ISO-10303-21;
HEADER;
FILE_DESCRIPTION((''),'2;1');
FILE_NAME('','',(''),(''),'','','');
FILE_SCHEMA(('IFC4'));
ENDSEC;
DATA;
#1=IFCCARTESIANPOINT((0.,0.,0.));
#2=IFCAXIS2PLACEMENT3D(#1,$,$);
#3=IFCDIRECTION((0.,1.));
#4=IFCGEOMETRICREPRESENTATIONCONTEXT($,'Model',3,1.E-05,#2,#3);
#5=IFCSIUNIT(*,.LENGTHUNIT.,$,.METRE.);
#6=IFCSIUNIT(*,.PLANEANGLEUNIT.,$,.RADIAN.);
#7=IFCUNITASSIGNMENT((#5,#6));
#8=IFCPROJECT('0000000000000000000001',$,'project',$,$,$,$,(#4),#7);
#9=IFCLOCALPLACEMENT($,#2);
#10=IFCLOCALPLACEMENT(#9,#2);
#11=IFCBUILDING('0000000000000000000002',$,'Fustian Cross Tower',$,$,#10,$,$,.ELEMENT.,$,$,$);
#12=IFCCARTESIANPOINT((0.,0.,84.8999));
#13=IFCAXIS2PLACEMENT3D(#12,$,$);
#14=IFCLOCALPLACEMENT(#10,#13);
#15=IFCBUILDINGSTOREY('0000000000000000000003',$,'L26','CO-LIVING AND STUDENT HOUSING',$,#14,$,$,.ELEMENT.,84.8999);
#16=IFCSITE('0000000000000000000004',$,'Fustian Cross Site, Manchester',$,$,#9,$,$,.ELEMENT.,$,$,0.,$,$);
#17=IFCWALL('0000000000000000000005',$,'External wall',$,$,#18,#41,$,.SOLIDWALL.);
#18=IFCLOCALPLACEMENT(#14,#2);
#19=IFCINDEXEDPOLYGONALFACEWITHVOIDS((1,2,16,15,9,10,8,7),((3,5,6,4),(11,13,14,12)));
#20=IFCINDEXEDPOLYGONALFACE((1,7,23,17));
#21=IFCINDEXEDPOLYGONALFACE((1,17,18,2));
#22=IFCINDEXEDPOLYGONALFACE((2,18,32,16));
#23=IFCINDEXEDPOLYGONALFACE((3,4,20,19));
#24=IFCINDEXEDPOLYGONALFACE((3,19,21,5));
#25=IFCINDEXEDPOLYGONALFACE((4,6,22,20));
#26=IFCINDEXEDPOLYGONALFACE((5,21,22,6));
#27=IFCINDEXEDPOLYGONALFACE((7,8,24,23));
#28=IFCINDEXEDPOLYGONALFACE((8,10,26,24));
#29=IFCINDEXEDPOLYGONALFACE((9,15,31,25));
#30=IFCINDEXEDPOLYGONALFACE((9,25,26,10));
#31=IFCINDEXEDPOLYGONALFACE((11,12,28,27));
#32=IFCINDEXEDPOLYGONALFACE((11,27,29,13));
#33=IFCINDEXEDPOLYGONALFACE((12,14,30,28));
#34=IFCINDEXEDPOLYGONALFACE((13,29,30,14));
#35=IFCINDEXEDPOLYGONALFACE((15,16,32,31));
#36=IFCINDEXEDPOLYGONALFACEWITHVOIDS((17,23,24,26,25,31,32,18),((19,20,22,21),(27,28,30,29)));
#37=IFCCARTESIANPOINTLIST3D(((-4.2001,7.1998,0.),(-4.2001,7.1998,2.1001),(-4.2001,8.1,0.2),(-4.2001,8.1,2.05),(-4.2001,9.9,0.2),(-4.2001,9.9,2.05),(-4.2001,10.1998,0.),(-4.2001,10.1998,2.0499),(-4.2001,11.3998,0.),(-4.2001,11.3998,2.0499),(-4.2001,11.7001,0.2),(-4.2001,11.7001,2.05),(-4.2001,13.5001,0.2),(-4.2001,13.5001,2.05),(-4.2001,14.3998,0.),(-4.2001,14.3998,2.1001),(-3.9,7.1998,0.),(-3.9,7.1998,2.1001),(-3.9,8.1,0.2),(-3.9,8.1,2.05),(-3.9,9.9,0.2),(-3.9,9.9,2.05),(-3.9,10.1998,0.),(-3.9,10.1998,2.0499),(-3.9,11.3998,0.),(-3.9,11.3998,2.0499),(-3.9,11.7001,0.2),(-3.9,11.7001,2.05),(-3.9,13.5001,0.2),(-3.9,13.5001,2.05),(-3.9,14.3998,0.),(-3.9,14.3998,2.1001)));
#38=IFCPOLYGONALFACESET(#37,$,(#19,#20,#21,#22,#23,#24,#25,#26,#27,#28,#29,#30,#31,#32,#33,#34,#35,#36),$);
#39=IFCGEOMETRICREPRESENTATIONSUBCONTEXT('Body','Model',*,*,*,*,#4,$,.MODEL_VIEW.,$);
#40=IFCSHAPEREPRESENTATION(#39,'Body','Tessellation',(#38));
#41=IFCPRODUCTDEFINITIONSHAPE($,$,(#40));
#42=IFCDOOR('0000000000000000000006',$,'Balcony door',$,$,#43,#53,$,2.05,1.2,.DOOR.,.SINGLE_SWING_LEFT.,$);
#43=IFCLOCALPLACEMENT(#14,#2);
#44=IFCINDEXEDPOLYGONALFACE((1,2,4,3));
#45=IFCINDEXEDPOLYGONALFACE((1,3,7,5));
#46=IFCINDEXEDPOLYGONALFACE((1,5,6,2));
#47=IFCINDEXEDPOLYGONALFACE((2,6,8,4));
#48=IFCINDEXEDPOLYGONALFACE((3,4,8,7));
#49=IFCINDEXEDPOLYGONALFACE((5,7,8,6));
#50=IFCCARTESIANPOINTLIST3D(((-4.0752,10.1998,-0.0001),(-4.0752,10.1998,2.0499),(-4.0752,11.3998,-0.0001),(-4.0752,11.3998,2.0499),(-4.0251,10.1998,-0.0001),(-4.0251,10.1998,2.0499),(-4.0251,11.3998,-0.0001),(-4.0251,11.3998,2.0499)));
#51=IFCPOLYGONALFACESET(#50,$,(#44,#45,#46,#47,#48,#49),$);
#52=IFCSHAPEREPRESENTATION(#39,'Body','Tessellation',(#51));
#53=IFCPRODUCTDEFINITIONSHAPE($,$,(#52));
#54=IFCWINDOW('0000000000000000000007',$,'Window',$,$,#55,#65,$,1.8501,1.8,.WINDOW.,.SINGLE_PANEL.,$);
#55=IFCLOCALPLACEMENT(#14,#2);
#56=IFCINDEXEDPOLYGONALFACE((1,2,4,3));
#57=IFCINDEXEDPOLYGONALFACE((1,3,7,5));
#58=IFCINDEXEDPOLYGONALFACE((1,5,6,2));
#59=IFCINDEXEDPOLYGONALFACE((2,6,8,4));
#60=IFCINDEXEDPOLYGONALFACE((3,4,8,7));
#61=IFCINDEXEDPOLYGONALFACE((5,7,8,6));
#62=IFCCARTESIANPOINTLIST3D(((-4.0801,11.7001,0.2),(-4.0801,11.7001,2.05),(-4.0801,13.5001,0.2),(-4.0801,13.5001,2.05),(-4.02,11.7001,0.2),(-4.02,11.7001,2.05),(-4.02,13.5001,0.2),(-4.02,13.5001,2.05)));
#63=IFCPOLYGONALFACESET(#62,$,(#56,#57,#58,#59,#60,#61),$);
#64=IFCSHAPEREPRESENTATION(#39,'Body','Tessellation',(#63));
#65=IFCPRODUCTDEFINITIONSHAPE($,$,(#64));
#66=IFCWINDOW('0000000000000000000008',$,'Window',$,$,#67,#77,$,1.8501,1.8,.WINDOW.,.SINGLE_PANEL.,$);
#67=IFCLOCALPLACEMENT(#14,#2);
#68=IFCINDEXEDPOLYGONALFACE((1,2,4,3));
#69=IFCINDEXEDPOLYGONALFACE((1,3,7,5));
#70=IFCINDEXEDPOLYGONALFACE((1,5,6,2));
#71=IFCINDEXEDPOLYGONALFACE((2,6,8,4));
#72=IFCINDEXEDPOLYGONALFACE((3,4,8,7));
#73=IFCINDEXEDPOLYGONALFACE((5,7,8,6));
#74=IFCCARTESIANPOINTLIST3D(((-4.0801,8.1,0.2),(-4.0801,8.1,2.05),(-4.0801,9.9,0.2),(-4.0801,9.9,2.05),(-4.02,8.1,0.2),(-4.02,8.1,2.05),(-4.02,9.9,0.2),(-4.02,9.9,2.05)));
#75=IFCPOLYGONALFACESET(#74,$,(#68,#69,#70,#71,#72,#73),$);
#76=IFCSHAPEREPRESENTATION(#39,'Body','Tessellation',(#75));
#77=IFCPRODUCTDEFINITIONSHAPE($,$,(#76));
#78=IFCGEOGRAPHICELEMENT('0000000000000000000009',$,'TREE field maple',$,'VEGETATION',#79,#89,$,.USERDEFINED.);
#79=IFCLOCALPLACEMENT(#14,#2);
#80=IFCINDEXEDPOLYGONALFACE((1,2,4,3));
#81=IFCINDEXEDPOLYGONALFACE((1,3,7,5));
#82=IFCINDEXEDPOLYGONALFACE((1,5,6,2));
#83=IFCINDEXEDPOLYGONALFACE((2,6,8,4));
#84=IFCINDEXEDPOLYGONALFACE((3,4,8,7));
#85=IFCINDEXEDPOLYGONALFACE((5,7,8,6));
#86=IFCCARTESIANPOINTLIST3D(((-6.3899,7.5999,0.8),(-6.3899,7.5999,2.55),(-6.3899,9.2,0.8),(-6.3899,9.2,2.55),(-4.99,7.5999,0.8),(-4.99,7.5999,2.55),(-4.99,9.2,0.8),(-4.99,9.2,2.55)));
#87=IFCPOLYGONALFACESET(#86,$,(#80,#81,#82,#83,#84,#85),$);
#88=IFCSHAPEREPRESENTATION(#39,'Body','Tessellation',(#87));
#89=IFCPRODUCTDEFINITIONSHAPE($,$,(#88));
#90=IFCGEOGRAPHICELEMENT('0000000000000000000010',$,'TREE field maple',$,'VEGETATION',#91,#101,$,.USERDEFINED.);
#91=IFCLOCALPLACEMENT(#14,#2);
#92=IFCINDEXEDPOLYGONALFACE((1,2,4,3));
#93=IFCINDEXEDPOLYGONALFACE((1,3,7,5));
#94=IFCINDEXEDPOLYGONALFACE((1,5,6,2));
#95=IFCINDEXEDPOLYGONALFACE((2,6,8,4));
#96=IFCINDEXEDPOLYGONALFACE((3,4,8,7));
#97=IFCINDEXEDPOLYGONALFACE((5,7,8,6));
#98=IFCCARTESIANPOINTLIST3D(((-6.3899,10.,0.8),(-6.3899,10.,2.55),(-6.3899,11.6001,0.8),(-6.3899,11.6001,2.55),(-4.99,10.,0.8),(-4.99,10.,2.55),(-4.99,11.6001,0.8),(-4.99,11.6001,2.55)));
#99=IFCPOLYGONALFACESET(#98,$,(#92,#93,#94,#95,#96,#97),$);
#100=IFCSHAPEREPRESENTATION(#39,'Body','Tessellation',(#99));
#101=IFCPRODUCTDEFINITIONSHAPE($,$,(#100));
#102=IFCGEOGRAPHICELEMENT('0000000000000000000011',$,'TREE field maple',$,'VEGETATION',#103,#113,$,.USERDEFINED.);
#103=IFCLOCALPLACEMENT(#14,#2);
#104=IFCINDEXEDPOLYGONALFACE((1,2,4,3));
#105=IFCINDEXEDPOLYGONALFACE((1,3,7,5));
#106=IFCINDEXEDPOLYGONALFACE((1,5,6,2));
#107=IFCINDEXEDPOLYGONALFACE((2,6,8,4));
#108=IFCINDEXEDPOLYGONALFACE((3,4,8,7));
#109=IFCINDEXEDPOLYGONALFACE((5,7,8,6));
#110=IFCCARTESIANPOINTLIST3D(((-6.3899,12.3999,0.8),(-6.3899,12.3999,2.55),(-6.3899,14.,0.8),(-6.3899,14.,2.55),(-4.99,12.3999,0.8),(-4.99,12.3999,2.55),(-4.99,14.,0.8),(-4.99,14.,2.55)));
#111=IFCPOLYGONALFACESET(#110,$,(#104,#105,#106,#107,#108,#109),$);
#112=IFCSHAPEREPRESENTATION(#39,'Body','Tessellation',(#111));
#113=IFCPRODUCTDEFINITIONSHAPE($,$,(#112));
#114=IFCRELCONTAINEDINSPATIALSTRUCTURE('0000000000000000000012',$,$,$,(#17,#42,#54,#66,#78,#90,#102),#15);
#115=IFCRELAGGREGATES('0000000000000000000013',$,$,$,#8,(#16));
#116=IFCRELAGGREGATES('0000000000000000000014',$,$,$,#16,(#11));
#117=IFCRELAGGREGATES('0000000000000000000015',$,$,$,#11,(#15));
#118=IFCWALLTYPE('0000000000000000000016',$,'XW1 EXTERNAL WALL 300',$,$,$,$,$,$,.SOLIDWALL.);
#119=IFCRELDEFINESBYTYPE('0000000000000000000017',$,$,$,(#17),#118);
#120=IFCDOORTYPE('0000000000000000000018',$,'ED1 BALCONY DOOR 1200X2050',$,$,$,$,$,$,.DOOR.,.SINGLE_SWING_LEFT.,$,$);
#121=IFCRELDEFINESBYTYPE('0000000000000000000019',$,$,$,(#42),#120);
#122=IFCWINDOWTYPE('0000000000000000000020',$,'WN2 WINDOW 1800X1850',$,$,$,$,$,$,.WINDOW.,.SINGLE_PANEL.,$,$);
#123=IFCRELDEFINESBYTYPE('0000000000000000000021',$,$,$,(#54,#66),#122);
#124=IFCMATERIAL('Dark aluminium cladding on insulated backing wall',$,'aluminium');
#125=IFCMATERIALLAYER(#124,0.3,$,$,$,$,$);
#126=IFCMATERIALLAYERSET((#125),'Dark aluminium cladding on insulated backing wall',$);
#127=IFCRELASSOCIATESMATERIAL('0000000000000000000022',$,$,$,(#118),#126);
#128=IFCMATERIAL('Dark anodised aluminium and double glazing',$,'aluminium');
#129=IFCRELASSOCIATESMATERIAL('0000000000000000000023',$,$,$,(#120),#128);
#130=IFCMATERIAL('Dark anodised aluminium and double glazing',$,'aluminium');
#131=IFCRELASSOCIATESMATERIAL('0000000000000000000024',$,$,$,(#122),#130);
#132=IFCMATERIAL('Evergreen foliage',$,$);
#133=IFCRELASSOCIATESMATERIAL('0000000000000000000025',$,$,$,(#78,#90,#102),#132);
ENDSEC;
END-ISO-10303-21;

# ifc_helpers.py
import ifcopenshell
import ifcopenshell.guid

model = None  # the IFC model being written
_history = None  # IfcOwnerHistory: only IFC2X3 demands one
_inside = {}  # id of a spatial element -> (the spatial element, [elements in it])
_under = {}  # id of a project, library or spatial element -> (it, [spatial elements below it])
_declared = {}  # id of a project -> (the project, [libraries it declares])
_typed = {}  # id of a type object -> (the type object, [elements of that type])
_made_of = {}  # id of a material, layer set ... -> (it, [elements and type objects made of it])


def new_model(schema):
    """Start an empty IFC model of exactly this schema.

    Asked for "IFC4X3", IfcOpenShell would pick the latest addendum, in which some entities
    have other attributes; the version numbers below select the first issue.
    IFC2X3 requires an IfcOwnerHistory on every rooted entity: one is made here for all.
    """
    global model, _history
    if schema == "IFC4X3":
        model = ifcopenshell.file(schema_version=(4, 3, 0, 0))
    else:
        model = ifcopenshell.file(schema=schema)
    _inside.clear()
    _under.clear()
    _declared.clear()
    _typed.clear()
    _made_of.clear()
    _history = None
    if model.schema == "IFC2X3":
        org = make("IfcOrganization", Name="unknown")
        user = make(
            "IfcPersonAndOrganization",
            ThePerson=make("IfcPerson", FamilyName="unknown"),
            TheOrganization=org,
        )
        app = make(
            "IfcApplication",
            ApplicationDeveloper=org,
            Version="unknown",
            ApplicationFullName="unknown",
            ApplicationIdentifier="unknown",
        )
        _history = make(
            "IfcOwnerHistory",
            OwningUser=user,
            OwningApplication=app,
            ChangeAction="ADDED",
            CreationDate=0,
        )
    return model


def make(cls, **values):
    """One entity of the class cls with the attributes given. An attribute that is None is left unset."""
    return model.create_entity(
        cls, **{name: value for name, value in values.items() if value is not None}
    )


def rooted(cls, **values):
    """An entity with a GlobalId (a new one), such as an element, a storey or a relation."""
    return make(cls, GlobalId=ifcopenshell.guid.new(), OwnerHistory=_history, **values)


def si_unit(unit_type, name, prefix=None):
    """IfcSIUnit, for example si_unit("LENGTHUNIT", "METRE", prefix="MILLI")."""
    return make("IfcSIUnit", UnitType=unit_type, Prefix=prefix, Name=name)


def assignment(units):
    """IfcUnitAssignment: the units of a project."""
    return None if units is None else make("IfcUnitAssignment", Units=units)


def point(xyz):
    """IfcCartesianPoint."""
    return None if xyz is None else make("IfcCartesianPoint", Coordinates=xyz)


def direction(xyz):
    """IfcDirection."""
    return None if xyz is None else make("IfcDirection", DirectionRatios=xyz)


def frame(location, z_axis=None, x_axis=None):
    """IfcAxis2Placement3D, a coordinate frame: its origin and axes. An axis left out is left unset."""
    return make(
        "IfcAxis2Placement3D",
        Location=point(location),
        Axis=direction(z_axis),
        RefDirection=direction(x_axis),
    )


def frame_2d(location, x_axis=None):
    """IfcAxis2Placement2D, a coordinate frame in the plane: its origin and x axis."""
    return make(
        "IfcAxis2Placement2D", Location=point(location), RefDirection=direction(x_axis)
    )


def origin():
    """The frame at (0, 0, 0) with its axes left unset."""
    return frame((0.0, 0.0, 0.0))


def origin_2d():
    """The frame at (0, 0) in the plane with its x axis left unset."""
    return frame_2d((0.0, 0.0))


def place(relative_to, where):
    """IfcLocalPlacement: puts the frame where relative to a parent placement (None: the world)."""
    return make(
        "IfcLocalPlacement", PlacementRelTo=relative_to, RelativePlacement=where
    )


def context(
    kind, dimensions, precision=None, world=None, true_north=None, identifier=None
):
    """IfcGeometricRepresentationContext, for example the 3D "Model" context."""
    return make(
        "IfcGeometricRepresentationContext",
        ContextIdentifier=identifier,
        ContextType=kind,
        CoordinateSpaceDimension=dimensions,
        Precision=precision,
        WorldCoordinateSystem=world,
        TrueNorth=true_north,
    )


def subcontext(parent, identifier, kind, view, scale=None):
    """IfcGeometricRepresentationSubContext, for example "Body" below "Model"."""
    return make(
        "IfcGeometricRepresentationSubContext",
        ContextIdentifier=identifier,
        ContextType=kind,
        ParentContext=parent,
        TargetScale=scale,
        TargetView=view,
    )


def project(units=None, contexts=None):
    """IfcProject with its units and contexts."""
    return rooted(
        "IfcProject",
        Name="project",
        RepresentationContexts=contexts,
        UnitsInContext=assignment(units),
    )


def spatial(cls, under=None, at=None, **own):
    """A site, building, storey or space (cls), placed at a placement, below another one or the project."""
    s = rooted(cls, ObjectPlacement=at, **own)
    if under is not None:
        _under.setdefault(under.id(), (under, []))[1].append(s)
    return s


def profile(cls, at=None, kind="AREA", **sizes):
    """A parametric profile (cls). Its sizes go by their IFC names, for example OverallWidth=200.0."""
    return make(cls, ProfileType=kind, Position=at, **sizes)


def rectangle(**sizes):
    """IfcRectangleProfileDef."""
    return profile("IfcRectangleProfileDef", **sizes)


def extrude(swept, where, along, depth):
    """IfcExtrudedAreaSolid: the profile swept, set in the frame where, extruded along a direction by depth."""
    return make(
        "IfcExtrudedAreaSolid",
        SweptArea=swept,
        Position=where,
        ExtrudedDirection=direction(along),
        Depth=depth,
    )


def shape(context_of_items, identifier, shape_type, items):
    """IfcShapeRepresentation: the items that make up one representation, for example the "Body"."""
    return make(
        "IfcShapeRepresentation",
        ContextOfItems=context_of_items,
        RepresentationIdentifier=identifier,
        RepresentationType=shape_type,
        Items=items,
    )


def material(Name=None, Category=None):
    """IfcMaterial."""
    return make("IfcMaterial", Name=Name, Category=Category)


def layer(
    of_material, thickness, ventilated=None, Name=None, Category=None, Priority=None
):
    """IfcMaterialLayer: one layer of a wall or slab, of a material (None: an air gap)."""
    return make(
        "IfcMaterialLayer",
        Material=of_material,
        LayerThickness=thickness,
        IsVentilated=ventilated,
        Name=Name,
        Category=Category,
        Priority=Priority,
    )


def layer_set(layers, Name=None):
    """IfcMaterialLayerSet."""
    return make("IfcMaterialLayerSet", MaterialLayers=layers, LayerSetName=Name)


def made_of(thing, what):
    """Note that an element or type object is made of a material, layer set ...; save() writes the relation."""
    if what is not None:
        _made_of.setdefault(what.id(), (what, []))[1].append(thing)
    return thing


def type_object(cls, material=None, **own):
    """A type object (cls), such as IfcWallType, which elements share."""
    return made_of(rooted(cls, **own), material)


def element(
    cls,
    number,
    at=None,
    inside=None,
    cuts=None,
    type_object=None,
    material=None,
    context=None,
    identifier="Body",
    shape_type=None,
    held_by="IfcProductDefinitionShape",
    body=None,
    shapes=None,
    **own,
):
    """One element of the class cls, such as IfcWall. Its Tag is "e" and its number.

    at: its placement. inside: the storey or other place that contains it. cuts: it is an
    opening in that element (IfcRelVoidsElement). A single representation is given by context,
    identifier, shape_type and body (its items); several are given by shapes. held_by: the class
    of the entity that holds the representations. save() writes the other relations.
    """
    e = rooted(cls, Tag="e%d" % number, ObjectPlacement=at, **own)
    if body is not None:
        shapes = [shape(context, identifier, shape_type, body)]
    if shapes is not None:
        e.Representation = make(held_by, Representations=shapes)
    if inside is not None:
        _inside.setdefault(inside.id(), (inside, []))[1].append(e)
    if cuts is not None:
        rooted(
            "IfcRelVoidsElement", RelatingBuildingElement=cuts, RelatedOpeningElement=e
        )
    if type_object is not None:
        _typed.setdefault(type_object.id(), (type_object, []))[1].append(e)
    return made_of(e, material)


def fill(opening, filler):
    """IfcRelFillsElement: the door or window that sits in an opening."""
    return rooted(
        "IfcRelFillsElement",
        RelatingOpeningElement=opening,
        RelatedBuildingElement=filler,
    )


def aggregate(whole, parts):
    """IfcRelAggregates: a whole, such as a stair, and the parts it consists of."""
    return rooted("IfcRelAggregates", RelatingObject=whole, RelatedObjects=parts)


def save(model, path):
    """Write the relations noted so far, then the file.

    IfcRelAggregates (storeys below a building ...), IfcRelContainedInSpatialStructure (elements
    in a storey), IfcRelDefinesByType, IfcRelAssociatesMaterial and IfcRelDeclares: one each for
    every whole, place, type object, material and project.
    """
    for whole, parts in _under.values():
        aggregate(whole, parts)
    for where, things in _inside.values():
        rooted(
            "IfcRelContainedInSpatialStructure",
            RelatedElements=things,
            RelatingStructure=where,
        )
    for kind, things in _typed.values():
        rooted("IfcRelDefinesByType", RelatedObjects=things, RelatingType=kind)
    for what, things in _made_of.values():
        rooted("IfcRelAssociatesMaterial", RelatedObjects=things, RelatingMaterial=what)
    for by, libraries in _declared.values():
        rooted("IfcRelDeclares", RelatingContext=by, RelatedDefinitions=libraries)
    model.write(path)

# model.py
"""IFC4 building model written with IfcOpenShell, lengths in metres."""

from ifc_helpers import new_model, si_unit, direction, frame, frame_2d, origin, origin_2d, place, context, subcontext, project, spatial, rectangle, extrude, material, layer, layer_set, type_object, element, fill, save


model = new_model("IFC4")

# Units and contexts
model_context = context("Model", 3, precision=1e-05, world=origin(), true_north=direction((0.0, 1.0)))
body_context = subcontext(model_context, "Body", "Model", "MODEL_VIEW")
ifc_project = project(units=[si_unit("LENGTHUNIT", "METRE"), si_unit("PLANEANGLEUNIT", "RADIAN")], contexts=[model_context])

# Site, building, storey
site_placement = place(None, origin())
site = spatial("IfcSite", under=ifc_project, at=site_placement, Name="Fustian Cross Site, Manchester", CompositionType="ELEMENT", RefElevation=0.0)
building_placement = place(site_placement, origin())
building = spatial("IfcBuilding", under=site, at=building_placement, Name="Fustian Cross Tower", CompositionType="ELEMENT")
storey_placement = place(building_placement, frame((0.0, 0.0, 84.8999)))
storey = spatial("IfcBuildingStorey", under=building, at=storey_placement, Name="L26", Description="CO-LIVING AND STUDENT HOUSING", CompositionType="ELEMENT", Elevation=84.8999)

# Shared definitions
ifc_material_1 = material(Name="Dark aluminium cladding on insulated backing wall", Category="aluminium")
ifc_layer_1 = layer(ifc_material_1, 0.3)
ifc_layer_set_1 = layer_set([ifc_layer_1], Name="Dark aluminium cladding on insulated backing wall")
wall_type_1 = type_object("IfcWallType", Name="XW1 EXTERNAL WALL 300", PredefinedType="SOLIDWALL", material=ifc_layer_set_1)

# Wall, openings, door, windows
wall_1_placement = place(storey_placement, frame((-4.05, 14.3999, 0.0), z_axis=(0.0, 0.0, 1.0), x_axis=(0.0, -1.0, 0.0)))
wall_1 = element("IfcWall", 1, at=wall_1_placement, inside=storey, type_object=wall_type_1, Name="External wall", PredefinedType="SOLIDWALL", context=body_context, shape_type="SweptSolid", body=[
    extrude(rectangle(XDim=7.2, YDim=0.3, at=frame_2d((3.6001, 0.0))), origin(), (0.0, 0.0, 1.0), 2.1001),
])
opening_1_placement = place(wall_1_placement, frame((3.0, 0.0, 0.0)))
opening_1 = element("IfcOpeningElement", 2, at=opening_1_placement, cuts=wall_1, PredefinedType="OPENING", context=body_context, shape_type="SweptSolid", body=[
    extrude(rectangle(XDim=1.2, YDim=2.05, at=frame_2d((0.6001, 1.0249))), frame((0.0, 0.1599, 0.0), z_axis=(0.0, -1.0, 0.0), x_axis=(1.0, 0.0, 0.0)), (0.0, 0.0, 1.0), 0.3201),
])
opening_2_placement = place(wall_1_placement, frame((0.8999, 0.0, 0.2)))
opening_2 = element("IfcOpeningElement", 3, at=opening_2_placement, cuts=wall_1, PredefinedType="OPENING", context=body_context, shape_type="SweptSolid", body=[
    extrude(rectangle(XDim=1.8, YDim=1.8501, at=frame_2d((0.8999, 0.925))), frame((0.0, 0.1599, 0.0), z_axis=(0.0, -1.0, 0.0), x_axis=(1.0, 0.0, 0.0)), (0.0, 0.0, 1.0), 0.3201),
])
opening_3_placement = place(wall_1_placement, frame((4.5, 0.0, 0.2)))
opening_3 = element("IfcOpeningElement", 4, at=opening_3_placement, cuts=wall_1, PredefinedType="OPENING", context=body_context, shape_type="SweptSolid", body=[
    extrude(rectangle(XDim=1.8, YDim=1.8501, at=frame_2d((0.8999, 0.925))), frame((0.0, 0.1599, 0.0), z_axis=(0.0, -1.0, 0.0), x_axis=(1.0, 0.0, 0.0)), (0.0, 0.0, 1.0), 0.3201),
])
ifc_material_2 = material(Name="Dark anodised aluminium and double glazing", Category="aluminium")
door_type_1 = type_object("IfcDoorType", Name="ED1 BALCONY DOOR 1200X2050", OperationType="SINGLE_SWING_LEFT", PredefinedType="DOOR", material=ifc_material_2)
door_1_placement = place(opening_1_placement, origin())
door_1 = element("IfcDoor", 5, at=door_1_placement, inside=storey, type_object=door_type_1, Name="Balcony door", OperationType="SINGLE_SWING_LEFT", OverallHeight=2.05, OverallWidth=1.2, PredefinedType="DOOR", context=body_context, shape_type="SweptSolid", body=[
    extrude(rectangle(XDim=1.2, YDim=2.05, at=frame_2d((0.6001, 1.0249))), frame((0.0, 0.0249, 0.0), z_axis=(0.0, -1.0, 0.0), x_axis=(1.0, 0.0, 0.0)), (0.0, 0.0, 1.0), 0.05),
])
fill(opening_1, door_1)
ifc_material_3 = material(Name="Dark anodised aluminium and double glazing", Category="aluminium")
window_type_1 = type_object("IfcWindowType", Name="WN2 WINDOW 1800X1850", PartitioningType="SINGLE_PANEL", PredefinedType="WINDOW", material=ifc_material_3)
window_1_placement = place(opening_2_placement, origin())
window_1 = element("IfcWindow", 6, at=window_1_placement, inside=storey, type_object=window_type_1, Name="Window", OverallHeight=1.8501, OverallWidth=1.8, PartitioningType="SINGLE_PANEL", PredefinedType="WINDOW", context=body_context, shape_type="SweptSolid", body=[
    extrude(rectangle(XDim=1.8, YDim=1.8501, at=frame_2d((0.8999, 0.925))), frame((0.0, 0.03, 0.0), z_axis=(0.0, -1.0, 0.0), x_axis=(1.0, 0.0, 0.0)), (0.0, 0.0, 1.0), 0.0601),
])
fill(opening_2, window_1)
window_2_placement = place(opening_3_placement, origin())
window_2 = element("IfcWindow", 7, at=window_2_placement, inside=storey, type_object=window_type_1, Name="Window", OverallHeight=1.8501, OverallWidth=1.8, PartitioningType="SINGLE_PANEL", PredefinedType="WINDOW", context=body_context, shape_type="SweptSolid", body=[
    extrude(rectangle(XDim=1.8, YDim=1.8501, at=frame_2d((0.8999, 0.925))), frame((0.0, 0.03, 0.0), z_axis=(0.0, -1.0, 0.0), x_axis=(1.0, 0.0, 0.0)), (0.0, 0.0, 1.0), 0.0601),
])
fill(opening_3, window_2)

# Geographic elements
ifc_material_4 = material(Name="Evergreen foliage")
for number, where, z_axis, x_axis, name in (
    (8, (-5.6899, 8.3999, 0.8), (0.0, 0.0, 1.0), (1.0, 0.0, 0.0), "TREE field maple"),
    (9, (-5.6899, 10.8, 0.8), (0.0, 0.0, 1.0), (1.0, 0.0, 0.0), "TREE field maple"),
    (10, (-5.6899, 13.2, 0.8), (0.0, 0.0, 1.0), (1.0, 0.0, 0.0), "TREE field maple"),
):
    element("IfcGeographicElement", number, at=place(storey_placement, frame(where, z_axis=z_axis, x_axis=x_axis)), inside=storey, material=ifc_material_4, Name=name, ObjectType="VEGETATION", PredefinedType="USERDEFINED", context=body_context, shape_type="SweptSolid", body=[
        extrude(rectangle(XDim=1.3999, YDim=1.6001, at=origin_2d()), origin(), (0.0, 0.0, 1.0), 1.75),
    ])

save(model, "model.ifc")
